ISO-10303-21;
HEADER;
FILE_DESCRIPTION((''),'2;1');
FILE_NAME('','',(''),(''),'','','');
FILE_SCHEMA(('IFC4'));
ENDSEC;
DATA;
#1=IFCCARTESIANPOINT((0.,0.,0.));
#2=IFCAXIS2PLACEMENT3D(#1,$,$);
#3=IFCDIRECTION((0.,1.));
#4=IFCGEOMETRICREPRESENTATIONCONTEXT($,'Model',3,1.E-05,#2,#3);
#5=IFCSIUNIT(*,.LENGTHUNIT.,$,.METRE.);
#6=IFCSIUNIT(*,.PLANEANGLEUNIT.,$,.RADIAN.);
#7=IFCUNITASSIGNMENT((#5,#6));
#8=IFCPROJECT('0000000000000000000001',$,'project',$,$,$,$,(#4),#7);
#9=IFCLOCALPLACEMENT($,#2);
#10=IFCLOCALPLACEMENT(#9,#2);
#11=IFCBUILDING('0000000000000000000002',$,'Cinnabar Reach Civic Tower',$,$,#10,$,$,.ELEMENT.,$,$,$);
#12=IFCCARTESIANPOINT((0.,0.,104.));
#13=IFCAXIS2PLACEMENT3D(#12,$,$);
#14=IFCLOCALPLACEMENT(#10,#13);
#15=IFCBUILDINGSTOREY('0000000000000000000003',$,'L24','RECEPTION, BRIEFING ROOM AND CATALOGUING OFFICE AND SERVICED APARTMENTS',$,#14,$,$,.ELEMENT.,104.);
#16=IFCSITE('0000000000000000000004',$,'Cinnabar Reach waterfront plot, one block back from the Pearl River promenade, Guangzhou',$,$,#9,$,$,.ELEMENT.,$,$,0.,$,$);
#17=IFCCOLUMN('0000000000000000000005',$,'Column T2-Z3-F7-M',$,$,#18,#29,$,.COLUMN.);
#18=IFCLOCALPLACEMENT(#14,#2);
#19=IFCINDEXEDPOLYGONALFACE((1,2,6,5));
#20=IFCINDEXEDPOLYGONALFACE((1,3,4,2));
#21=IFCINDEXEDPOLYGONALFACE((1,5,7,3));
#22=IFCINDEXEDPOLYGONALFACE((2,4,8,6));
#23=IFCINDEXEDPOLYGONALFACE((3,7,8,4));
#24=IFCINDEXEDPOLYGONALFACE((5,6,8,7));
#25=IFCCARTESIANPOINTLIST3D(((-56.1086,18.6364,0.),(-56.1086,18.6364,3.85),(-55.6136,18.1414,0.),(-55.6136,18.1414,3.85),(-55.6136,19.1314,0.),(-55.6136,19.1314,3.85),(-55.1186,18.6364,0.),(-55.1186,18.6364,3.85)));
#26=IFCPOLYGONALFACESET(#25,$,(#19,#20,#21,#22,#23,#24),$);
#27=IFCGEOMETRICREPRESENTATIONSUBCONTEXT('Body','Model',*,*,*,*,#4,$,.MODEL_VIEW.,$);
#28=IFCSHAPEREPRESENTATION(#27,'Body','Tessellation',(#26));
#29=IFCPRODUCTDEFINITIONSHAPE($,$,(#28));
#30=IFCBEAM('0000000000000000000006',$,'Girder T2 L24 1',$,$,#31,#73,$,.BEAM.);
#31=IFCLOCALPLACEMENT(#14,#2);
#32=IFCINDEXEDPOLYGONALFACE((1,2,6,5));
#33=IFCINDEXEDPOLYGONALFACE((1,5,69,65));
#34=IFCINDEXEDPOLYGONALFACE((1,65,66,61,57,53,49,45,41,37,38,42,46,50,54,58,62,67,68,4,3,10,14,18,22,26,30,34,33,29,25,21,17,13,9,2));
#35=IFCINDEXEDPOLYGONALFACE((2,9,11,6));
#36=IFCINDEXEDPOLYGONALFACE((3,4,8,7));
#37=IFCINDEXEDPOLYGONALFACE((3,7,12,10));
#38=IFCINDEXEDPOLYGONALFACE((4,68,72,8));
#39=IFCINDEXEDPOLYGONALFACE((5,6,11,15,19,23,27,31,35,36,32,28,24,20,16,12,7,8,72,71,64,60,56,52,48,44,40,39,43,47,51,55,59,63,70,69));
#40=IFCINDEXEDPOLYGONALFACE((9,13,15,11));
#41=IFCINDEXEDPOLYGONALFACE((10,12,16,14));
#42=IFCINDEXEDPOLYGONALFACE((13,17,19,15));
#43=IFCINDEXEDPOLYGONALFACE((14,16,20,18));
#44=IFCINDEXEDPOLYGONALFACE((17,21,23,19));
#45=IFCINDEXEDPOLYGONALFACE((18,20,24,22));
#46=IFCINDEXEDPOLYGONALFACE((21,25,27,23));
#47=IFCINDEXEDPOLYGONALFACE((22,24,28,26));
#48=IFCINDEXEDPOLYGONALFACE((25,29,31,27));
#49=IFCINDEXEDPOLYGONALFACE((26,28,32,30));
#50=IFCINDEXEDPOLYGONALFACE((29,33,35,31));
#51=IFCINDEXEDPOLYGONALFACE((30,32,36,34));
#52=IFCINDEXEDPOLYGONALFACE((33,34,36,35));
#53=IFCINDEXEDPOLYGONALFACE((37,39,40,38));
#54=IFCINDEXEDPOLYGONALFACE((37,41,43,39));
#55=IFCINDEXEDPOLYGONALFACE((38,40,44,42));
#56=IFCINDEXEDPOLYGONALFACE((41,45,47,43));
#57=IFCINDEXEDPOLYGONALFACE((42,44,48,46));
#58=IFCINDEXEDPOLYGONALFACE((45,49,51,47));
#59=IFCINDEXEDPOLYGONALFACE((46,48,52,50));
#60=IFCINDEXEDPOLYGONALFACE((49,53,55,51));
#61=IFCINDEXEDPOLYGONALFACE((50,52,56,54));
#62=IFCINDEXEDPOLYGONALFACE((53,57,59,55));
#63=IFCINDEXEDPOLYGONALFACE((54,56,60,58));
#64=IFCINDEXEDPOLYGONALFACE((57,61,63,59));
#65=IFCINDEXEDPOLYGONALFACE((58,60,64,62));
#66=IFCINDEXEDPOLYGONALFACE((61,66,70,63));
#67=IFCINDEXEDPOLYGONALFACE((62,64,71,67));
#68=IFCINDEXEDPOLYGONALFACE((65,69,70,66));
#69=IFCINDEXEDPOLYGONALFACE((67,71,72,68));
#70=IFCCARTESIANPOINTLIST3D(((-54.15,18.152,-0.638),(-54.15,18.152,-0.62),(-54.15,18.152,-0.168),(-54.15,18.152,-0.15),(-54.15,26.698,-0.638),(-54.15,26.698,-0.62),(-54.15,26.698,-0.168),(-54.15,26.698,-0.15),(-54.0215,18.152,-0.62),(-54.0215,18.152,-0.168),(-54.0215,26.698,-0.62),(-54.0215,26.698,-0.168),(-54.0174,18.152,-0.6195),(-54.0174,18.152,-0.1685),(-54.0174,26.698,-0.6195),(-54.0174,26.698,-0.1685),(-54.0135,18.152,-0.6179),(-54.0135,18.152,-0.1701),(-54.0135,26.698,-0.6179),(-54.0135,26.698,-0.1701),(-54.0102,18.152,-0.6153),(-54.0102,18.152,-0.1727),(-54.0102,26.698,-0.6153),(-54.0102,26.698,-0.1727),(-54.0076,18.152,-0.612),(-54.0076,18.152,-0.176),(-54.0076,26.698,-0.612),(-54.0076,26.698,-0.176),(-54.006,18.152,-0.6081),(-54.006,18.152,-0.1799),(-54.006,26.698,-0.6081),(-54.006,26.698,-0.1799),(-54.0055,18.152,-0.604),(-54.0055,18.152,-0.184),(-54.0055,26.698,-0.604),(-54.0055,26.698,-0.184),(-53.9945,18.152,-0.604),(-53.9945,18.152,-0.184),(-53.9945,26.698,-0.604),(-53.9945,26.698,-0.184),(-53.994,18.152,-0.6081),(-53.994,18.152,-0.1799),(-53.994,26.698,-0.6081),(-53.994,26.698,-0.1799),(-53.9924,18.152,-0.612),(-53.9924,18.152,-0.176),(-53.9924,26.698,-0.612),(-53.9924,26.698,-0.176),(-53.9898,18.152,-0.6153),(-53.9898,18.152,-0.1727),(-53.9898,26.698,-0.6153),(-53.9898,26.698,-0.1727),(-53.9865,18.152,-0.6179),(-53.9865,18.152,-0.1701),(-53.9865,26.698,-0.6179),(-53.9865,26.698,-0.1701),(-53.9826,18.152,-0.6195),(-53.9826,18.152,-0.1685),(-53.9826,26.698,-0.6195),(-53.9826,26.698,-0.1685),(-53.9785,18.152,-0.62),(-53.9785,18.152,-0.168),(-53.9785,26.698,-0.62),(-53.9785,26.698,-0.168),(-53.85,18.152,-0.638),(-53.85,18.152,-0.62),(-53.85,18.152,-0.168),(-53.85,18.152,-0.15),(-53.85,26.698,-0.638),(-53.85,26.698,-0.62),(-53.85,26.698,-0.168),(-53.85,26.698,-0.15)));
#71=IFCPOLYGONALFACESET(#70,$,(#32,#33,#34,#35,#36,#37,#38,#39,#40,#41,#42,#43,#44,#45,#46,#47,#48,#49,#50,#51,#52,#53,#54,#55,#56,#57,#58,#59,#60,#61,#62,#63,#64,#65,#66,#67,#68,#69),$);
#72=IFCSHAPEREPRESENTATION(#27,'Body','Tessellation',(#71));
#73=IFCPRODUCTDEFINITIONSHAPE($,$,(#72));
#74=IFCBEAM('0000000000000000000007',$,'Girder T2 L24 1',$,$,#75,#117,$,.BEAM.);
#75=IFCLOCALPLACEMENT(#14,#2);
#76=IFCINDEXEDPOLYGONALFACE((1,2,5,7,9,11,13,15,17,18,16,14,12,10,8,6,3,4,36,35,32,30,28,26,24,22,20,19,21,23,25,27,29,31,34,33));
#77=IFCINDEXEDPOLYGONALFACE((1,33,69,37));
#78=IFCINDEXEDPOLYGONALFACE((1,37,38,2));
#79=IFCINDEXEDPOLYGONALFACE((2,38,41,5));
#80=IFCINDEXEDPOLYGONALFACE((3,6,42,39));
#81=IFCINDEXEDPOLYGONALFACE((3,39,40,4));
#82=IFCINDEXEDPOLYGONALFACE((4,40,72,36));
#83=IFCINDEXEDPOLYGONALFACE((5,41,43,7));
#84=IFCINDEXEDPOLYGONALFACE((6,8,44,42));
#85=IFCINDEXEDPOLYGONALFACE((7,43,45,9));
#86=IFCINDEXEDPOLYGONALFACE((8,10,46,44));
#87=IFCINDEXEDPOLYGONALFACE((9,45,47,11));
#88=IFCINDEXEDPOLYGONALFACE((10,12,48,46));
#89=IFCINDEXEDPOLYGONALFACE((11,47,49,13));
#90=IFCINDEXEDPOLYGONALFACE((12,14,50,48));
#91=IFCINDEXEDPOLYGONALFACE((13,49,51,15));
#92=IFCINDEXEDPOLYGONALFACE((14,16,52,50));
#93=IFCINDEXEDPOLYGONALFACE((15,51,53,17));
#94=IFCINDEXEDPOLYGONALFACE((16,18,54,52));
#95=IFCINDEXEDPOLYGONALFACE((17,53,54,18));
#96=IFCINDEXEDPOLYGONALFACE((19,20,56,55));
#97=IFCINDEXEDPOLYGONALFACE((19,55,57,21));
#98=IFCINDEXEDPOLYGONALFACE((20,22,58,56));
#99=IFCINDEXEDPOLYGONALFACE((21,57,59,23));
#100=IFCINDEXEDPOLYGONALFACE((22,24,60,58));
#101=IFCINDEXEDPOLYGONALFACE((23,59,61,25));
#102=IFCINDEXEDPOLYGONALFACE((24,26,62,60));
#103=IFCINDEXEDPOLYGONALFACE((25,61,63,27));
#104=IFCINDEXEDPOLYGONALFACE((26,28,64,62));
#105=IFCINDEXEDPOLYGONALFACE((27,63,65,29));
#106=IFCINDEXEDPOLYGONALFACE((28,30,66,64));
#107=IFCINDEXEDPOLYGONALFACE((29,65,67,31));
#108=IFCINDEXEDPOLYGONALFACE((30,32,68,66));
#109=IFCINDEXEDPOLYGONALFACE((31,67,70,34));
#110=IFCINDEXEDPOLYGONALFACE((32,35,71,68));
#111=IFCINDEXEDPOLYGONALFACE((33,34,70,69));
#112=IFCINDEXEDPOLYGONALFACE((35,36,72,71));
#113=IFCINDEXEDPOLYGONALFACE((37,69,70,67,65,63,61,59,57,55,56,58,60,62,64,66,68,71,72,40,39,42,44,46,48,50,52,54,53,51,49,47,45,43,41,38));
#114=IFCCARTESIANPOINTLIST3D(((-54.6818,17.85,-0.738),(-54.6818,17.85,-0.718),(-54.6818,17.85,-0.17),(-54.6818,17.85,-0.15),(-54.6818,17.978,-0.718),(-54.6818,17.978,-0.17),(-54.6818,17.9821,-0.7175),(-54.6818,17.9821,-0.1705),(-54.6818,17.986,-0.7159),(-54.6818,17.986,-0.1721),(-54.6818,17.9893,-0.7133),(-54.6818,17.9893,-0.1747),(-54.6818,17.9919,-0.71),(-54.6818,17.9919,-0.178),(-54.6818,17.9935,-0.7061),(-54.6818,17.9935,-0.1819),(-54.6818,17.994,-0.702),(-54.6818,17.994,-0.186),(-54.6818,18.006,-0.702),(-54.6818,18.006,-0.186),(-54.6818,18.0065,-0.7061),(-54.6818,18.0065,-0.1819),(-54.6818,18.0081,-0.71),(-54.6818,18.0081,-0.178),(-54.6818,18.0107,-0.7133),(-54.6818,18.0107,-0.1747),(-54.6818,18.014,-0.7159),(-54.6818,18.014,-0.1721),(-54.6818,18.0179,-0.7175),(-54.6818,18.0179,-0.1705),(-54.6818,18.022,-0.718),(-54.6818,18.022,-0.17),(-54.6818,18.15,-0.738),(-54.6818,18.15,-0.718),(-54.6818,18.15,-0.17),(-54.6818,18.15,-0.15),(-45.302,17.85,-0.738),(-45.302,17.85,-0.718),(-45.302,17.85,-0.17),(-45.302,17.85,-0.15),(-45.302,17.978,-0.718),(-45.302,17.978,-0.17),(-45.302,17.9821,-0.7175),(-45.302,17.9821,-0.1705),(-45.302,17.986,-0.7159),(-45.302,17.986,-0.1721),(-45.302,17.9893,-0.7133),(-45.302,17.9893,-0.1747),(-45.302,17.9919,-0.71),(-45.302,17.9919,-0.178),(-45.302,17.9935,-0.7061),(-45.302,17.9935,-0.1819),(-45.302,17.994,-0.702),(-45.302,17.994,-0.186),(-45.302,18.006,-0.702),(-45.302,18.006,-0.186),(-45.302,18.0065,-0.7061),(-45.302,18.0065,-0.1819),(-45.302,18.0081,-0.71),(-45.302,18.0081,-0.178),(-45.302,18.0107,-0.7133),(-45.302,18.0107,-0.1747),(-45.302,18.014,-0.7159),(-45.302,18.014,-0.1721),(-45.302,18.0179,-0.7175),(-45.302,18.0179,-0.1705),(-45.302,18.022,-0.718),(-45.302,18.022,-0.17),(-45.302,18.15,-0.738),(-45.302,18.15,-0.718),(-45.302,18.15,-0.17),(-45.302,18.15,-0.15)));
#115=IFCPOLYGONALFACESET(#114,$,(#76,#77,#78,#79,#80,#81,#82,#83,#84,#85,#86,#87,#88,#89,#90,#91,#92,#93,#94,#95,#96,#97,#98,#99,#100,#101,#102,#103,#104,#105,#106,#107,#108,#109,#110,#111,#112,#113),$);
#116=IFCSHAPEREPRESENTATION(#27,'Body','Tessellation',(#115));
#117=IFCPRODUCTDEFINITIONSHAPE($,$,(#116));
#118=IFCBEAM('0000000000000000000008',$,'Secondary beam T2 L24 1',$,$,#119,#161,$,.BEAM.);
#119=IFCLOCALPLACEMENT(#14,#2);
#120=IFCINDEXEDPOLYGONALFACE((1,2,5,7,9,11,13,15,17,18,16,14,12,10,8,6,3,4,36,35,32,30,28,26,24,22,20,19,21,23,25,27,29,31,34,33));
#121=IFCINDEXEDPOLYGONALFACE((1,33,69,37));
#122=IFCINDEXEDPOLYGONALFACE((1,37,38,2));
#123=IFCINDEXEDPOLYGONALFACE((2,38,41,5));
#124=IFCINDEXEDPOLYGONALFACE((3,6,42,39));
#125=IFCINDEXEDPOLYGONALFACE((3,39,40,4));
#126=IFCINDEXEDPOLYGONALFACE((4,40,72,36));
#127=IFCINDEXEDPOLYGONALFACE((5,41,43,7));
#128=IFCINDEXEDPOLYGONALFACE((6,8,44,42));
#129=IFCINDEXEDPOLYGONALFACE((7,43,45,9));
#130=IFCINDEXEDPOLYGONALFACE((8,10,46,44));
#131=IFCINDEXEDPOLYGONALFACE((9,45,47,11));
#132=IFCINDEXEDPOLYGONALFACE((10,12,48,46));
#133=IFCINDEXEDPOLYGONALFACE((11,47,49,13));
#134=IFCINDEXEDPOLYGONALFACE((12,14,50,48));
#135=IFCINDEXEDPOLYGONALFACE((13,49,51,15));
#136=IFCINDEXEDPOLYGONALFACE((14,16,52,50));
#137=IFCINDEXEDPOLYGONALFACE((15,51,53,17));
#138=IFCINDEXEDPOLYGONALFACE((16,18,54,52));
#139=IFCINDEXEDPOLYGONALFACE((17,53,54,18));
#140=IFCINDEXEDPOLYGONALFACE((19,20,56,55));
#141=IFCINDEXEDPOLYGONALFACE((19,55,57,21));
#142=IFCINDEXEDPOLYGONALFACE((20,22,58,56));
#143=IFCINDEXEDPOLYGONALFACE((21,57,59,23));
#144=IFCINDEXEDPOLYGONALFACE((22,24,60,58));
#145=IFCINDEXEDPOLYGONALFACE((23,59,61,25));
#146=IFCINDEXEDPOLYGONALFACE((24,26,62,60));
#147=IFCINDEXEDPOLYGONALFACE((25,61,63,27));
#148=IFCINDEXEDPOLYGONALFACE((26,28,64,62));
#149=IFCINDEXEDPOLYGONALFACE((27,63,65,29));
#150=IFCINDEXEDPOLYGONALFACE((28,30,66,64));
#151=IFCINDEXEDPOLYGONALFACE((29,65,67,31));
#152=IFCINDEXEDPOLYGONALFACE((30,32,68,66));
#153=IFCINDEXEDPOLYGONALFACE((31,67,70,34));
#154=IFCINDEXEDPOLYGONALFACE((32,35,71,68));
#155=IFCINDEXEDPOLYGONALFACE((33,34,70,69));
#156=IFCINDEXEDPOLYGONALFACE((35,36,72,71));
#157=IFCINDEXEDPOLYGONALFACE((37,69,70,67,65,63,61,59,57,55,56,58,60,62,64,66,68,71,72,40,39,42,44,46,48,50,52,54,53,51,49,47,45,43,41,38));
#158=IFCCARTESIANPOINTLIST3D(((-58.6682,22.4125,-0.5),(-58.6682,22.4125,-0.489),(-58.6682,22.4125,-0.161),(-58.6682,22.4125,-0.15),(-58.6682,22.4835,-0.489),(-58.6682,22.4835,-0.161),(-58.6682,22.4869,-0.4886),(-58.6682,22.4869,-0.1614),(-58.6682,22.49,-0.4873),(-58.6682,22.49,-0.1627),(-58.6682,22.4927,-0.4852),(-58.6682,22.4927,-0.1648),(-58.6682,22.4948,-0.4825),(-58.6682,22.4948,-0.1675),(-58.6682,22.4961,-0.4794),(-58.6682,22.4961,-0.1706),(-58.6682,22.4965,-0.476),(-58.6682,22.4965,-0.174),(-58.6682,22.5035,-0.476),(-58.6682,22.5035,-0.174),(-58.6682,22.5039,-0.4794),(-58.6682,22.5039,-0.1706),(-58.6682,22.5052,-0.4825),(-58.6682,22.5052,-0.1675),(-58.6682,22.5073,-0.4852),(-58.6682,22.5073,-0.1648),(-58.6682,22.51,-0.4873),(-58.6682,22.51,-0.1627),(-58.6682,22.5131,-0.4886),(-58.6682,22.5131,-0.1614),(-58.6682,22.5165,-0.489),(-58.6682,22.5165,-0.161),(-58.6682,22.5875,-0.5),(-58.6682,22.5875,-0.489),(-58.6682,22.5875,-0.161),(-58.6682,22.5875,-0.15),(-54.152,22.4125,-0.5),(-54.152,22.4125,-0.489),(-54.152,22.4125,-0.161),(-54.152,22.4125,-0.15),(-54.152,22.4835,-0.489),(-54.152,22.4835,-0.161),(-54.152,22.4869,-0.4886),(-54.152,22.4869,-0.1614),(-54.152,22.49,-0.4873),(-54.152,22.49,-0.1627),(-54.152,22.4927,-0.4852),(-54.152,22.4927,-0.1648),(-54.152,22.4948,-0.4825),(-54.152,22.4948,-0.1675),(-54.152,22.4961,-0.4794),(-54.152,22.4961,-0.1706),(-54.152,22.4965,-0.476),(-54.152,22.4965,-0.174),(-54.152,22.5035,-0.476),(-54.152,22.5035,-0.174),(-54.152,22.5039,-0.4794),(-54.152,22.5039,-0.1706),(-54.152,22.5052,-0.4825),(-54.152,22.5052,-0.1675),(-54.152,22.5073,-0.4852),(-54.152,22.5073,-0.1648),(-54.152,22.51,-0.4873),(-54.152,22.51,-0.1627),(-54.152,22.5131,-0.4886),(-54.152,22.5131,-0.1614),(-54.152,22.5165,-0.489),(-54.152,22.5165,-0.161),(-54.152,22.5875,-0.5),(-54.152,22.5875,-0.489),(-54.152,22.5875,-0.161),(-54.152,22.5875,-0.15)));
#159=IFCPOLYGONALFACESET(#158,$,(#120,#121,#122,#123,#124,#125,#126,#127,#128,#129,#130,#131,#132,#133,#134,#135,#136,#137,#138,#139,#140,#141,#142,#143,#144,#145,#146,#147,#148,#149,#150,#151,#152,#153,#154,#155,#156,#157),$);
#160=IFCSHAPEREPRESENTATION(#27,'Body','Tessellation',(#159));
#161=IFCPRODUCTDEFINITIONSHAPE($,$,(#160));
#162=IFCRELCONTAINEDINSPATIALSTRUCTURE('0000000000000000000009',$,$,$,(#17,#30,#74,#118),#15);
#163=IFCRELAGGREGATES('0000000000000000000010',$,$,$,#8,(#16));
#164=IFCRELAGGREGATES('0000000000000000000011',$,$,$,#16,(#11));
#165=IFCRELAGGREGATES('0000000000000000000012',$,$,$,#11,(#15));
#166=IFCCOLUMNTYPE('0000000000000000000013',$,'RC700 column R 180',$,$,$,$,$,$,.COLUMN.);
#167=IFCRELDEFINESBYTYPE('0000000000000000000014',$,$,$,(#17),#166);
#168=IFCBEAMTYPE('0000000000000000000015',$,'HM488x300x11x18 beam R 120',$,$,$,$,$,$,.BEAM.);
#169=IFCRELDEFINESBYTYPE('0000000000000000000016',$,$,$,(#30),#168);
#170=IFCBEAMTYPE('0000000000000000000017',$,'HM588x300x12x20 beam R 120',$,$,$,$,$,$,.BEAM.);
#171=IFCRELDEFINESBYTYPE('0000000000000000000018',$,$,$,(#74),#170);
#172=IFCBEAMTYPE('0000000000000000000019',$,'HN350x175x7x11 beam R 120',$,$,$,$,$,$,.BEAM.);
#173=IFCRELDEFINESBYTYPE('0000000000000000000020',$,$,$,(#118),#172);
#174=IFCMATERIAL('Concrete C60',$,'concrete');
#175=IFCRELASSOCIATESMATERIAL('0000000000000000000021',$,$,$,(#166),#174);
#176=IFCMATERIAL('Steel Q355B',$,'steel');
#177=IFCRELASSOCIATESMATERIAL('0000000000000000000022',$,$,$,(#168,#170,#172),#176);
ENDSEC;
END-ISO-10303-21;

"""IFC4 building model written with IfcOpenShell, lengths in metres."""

from ifc_helpers import new_model, si_unit, direction, frame, origin, origin_2d, place, context, subcontext, project, spatial, rectangle, i_section, extrude, material, material_profile, profile_set, type_object, element, save


model = new_model("IFC4")

# Units and contexts
model_context = context("Model", 3, precision=1e-05, world=origin(), true_north=direction((0.0, 1.0)))
body_context = subcontext(model_context, "Body", "Model", "MODEL_VIEW")
ifc_project = project(units=[si_unit("LENGTHUNIT", "METRE"), si_unit("PLANEANGLEUNIT", "RADIAN")], contexts=[model_context])

# Site, building, storey
site_placement = place(None, origin())
site = spatial("IfcSite", under=ifc_project, at=site_placement, Name="Cinnabar Reach waterfront plot, one block back from the Pearl River promenade, Guangzhou", CompositionType="ELEMENT", RefElevation=0.0)
building_placement = place(site_placement, origin())
building = spatial("IfcBuilding", under=site, at=building_placement, Name="Cinnabar Reach Civic Tower", CompositionType="ELEMENT")
storey_placement = place(building_placement, frame((0.0, 0.0, 104.0)))
storey = spatial("IfcBuildingStorey", under=building, at=storey_placement, Name="L24", Description="RECEPTION, BRIEFING ROOM AND CATALOGUING OFFICE AND SERVICED APARTMENTS", CompositionType="ELEMENT", Elevation=104.0)

# Column
ifc_material_1 = material(Name="Concrete C60", Category="concrete")
ifc_material_profile_1 = material_profile(ifc_material_1, rectangle(XDim=0.7, YDim=0.7, at=origin_2d()), Name="RC700")
ifc_profile_set_1 = profile_set([ifc_material_profile_1], Name="Concrete C60")
column_type = type_object("IfcColumnType", Name="RC700 column R 180", PredefinedType="COLUMN", material=ifc_profile_set_1)
column_placement = place(storey_placement, frame((-55.6136, 18.6364, 0.0), z_axis=(0.0, 0.0, 1.0), x_axis=(0.707107, 0.707107, 0.0)))
element("IfcColumn", 1, at=column_placement, inside=storey, type_object=column_type, Name="Column T2-Z3-F7-M", PredefinedType="COLUMN", context=body_context, shape_type="SweptSolid", body=[
    extrude(rectangle(XDim=0.7, YDim=0.7, at=origin_2d()), origin(), (0.0, 0.0, 1.0), 3.85),
])

# Beams
ifc_material_2 = material(Name="Steel Q355B", Category="steel")
ifc_material_profile_2 = material_profile(ifc_material_2, i_section(OverallWidth=0.3, OverallDepth=0.488, WebThickness=0.011, FlangeThickness=0.018, FilletRadius=0.016, at=origin_2d()), Name="HM488x300x11x18")
ifc_profile_set_2 = profile_set([ifc_material_profile_2], Name="Steel Q355B")
beam_type_1 = type_object("IfcBeamType", Name="HM488x300x11x18 beam R 120", PredefinedType="BEAM", material=ifc_profile_set_2)
beam_1_placement = place(storey_placement, frame((-54.0, 18.152, -0.394), z_axis=(0.0, 1.0, 0.0), x_axis=(-1.0, 0.0, 0.0)))
element("IfcBeam", 2, at=beam_1_placement, inside=storey, type_object=beam_type_1, Name="Girder T2 L24 1", PredefinedType="BEAM", context=body_context, shape_type="SweptSolid", body=[
    extrude(i_section(OverallWidth=0.3, OverallDepth=0.488, WebThickness=0.011, FlangeThickness=0.018, FilletRadius=0.016, at=origin_2d()), origin(), (0.0, 0.0, 1.0), 8.546),
])
ifc_material_profile_3 = material_profile(ifc_material_2, i_section(OverallWidth=0.3, OverallDepth=0.588, WebThickness=0.012, FlangeThickness=0.02, FilletRadius=0.016, at=origin_2d()), Name="HM588x300x12x20")
ifc_profile_set_3 = profile_set([ifc_material_profile_3], Name="Steel Q355B")
beam_type_2 = type_object("IfcBeamType", Name="HM588x300x12x20 beam R 120", PredefinedType="BEAM", material=ifc_profile_set_3)
beam_2_placement = place(storey_placement, frame((-54.6818, 18.0, -0.444), z_axis=(1.0, 0.0, 0.0), x_axis=(0.0, 1.0, 0.0)))
element("IfcBeam", 3, at=beam_2_placement, inside=storey, type_object=beam_type_2, Name="Girder T2 L24 1", PredefinedType="BEAM", context=body_context, shape_type="SweptSolid", body=[
    extrude(i_section(OverallWidth=0.3, OverallDepth=0.588, WebThickness=0.012, FlangeThickness=0.02, FilletRadius=0.016, at=origin_2d()), origin(), (0.0, 0.0, 1.0), 9.3798),
])
ifc_material_profile_4 = material_profile(ifc_material_2, i_section(OverallWidth=0.175, OverallDepth=0.35, WebThickness=0.007, FlangeThickness=0.011, FilletRadius=0.013, at=origin_2d()), Name="HN350x175x7x11")
ifc_profile_set_4 = profile_set([ifc_material_profile_4], Name="Steel Q355B")
beam_type_3 = type_object("IfcBeamType", Name="HN350x175x7x11 beam R 120", PredefinedType="BEAM", material=ifc_profile_set_4)
beam_3_placement = place(storey_placement, frame((-58.6682, 22.5, -0.325), z_axis=(1.0, 0.0, 0.0), x_axis=(0.0, 1.0, 0.0)))
element("IfcBeam", 4, at=beam_3_placement, inside=storey, type_object=beam_type_3, Name="Secondary beam T2 L24 1", PredefinedType="BEAM", context=body_context, shape_type="SweptSolid", body=[
    extrude(i_section(OverallWidth=0.175, OverallDepth=0.35, WebThickness=0.007, FlangeThickness=0.011, FilletRadius=0.013, at=origin_2d()), origin(), (0.0, 0.0, 1.0), 4.5162),
])

save(model, "model.ifc")
